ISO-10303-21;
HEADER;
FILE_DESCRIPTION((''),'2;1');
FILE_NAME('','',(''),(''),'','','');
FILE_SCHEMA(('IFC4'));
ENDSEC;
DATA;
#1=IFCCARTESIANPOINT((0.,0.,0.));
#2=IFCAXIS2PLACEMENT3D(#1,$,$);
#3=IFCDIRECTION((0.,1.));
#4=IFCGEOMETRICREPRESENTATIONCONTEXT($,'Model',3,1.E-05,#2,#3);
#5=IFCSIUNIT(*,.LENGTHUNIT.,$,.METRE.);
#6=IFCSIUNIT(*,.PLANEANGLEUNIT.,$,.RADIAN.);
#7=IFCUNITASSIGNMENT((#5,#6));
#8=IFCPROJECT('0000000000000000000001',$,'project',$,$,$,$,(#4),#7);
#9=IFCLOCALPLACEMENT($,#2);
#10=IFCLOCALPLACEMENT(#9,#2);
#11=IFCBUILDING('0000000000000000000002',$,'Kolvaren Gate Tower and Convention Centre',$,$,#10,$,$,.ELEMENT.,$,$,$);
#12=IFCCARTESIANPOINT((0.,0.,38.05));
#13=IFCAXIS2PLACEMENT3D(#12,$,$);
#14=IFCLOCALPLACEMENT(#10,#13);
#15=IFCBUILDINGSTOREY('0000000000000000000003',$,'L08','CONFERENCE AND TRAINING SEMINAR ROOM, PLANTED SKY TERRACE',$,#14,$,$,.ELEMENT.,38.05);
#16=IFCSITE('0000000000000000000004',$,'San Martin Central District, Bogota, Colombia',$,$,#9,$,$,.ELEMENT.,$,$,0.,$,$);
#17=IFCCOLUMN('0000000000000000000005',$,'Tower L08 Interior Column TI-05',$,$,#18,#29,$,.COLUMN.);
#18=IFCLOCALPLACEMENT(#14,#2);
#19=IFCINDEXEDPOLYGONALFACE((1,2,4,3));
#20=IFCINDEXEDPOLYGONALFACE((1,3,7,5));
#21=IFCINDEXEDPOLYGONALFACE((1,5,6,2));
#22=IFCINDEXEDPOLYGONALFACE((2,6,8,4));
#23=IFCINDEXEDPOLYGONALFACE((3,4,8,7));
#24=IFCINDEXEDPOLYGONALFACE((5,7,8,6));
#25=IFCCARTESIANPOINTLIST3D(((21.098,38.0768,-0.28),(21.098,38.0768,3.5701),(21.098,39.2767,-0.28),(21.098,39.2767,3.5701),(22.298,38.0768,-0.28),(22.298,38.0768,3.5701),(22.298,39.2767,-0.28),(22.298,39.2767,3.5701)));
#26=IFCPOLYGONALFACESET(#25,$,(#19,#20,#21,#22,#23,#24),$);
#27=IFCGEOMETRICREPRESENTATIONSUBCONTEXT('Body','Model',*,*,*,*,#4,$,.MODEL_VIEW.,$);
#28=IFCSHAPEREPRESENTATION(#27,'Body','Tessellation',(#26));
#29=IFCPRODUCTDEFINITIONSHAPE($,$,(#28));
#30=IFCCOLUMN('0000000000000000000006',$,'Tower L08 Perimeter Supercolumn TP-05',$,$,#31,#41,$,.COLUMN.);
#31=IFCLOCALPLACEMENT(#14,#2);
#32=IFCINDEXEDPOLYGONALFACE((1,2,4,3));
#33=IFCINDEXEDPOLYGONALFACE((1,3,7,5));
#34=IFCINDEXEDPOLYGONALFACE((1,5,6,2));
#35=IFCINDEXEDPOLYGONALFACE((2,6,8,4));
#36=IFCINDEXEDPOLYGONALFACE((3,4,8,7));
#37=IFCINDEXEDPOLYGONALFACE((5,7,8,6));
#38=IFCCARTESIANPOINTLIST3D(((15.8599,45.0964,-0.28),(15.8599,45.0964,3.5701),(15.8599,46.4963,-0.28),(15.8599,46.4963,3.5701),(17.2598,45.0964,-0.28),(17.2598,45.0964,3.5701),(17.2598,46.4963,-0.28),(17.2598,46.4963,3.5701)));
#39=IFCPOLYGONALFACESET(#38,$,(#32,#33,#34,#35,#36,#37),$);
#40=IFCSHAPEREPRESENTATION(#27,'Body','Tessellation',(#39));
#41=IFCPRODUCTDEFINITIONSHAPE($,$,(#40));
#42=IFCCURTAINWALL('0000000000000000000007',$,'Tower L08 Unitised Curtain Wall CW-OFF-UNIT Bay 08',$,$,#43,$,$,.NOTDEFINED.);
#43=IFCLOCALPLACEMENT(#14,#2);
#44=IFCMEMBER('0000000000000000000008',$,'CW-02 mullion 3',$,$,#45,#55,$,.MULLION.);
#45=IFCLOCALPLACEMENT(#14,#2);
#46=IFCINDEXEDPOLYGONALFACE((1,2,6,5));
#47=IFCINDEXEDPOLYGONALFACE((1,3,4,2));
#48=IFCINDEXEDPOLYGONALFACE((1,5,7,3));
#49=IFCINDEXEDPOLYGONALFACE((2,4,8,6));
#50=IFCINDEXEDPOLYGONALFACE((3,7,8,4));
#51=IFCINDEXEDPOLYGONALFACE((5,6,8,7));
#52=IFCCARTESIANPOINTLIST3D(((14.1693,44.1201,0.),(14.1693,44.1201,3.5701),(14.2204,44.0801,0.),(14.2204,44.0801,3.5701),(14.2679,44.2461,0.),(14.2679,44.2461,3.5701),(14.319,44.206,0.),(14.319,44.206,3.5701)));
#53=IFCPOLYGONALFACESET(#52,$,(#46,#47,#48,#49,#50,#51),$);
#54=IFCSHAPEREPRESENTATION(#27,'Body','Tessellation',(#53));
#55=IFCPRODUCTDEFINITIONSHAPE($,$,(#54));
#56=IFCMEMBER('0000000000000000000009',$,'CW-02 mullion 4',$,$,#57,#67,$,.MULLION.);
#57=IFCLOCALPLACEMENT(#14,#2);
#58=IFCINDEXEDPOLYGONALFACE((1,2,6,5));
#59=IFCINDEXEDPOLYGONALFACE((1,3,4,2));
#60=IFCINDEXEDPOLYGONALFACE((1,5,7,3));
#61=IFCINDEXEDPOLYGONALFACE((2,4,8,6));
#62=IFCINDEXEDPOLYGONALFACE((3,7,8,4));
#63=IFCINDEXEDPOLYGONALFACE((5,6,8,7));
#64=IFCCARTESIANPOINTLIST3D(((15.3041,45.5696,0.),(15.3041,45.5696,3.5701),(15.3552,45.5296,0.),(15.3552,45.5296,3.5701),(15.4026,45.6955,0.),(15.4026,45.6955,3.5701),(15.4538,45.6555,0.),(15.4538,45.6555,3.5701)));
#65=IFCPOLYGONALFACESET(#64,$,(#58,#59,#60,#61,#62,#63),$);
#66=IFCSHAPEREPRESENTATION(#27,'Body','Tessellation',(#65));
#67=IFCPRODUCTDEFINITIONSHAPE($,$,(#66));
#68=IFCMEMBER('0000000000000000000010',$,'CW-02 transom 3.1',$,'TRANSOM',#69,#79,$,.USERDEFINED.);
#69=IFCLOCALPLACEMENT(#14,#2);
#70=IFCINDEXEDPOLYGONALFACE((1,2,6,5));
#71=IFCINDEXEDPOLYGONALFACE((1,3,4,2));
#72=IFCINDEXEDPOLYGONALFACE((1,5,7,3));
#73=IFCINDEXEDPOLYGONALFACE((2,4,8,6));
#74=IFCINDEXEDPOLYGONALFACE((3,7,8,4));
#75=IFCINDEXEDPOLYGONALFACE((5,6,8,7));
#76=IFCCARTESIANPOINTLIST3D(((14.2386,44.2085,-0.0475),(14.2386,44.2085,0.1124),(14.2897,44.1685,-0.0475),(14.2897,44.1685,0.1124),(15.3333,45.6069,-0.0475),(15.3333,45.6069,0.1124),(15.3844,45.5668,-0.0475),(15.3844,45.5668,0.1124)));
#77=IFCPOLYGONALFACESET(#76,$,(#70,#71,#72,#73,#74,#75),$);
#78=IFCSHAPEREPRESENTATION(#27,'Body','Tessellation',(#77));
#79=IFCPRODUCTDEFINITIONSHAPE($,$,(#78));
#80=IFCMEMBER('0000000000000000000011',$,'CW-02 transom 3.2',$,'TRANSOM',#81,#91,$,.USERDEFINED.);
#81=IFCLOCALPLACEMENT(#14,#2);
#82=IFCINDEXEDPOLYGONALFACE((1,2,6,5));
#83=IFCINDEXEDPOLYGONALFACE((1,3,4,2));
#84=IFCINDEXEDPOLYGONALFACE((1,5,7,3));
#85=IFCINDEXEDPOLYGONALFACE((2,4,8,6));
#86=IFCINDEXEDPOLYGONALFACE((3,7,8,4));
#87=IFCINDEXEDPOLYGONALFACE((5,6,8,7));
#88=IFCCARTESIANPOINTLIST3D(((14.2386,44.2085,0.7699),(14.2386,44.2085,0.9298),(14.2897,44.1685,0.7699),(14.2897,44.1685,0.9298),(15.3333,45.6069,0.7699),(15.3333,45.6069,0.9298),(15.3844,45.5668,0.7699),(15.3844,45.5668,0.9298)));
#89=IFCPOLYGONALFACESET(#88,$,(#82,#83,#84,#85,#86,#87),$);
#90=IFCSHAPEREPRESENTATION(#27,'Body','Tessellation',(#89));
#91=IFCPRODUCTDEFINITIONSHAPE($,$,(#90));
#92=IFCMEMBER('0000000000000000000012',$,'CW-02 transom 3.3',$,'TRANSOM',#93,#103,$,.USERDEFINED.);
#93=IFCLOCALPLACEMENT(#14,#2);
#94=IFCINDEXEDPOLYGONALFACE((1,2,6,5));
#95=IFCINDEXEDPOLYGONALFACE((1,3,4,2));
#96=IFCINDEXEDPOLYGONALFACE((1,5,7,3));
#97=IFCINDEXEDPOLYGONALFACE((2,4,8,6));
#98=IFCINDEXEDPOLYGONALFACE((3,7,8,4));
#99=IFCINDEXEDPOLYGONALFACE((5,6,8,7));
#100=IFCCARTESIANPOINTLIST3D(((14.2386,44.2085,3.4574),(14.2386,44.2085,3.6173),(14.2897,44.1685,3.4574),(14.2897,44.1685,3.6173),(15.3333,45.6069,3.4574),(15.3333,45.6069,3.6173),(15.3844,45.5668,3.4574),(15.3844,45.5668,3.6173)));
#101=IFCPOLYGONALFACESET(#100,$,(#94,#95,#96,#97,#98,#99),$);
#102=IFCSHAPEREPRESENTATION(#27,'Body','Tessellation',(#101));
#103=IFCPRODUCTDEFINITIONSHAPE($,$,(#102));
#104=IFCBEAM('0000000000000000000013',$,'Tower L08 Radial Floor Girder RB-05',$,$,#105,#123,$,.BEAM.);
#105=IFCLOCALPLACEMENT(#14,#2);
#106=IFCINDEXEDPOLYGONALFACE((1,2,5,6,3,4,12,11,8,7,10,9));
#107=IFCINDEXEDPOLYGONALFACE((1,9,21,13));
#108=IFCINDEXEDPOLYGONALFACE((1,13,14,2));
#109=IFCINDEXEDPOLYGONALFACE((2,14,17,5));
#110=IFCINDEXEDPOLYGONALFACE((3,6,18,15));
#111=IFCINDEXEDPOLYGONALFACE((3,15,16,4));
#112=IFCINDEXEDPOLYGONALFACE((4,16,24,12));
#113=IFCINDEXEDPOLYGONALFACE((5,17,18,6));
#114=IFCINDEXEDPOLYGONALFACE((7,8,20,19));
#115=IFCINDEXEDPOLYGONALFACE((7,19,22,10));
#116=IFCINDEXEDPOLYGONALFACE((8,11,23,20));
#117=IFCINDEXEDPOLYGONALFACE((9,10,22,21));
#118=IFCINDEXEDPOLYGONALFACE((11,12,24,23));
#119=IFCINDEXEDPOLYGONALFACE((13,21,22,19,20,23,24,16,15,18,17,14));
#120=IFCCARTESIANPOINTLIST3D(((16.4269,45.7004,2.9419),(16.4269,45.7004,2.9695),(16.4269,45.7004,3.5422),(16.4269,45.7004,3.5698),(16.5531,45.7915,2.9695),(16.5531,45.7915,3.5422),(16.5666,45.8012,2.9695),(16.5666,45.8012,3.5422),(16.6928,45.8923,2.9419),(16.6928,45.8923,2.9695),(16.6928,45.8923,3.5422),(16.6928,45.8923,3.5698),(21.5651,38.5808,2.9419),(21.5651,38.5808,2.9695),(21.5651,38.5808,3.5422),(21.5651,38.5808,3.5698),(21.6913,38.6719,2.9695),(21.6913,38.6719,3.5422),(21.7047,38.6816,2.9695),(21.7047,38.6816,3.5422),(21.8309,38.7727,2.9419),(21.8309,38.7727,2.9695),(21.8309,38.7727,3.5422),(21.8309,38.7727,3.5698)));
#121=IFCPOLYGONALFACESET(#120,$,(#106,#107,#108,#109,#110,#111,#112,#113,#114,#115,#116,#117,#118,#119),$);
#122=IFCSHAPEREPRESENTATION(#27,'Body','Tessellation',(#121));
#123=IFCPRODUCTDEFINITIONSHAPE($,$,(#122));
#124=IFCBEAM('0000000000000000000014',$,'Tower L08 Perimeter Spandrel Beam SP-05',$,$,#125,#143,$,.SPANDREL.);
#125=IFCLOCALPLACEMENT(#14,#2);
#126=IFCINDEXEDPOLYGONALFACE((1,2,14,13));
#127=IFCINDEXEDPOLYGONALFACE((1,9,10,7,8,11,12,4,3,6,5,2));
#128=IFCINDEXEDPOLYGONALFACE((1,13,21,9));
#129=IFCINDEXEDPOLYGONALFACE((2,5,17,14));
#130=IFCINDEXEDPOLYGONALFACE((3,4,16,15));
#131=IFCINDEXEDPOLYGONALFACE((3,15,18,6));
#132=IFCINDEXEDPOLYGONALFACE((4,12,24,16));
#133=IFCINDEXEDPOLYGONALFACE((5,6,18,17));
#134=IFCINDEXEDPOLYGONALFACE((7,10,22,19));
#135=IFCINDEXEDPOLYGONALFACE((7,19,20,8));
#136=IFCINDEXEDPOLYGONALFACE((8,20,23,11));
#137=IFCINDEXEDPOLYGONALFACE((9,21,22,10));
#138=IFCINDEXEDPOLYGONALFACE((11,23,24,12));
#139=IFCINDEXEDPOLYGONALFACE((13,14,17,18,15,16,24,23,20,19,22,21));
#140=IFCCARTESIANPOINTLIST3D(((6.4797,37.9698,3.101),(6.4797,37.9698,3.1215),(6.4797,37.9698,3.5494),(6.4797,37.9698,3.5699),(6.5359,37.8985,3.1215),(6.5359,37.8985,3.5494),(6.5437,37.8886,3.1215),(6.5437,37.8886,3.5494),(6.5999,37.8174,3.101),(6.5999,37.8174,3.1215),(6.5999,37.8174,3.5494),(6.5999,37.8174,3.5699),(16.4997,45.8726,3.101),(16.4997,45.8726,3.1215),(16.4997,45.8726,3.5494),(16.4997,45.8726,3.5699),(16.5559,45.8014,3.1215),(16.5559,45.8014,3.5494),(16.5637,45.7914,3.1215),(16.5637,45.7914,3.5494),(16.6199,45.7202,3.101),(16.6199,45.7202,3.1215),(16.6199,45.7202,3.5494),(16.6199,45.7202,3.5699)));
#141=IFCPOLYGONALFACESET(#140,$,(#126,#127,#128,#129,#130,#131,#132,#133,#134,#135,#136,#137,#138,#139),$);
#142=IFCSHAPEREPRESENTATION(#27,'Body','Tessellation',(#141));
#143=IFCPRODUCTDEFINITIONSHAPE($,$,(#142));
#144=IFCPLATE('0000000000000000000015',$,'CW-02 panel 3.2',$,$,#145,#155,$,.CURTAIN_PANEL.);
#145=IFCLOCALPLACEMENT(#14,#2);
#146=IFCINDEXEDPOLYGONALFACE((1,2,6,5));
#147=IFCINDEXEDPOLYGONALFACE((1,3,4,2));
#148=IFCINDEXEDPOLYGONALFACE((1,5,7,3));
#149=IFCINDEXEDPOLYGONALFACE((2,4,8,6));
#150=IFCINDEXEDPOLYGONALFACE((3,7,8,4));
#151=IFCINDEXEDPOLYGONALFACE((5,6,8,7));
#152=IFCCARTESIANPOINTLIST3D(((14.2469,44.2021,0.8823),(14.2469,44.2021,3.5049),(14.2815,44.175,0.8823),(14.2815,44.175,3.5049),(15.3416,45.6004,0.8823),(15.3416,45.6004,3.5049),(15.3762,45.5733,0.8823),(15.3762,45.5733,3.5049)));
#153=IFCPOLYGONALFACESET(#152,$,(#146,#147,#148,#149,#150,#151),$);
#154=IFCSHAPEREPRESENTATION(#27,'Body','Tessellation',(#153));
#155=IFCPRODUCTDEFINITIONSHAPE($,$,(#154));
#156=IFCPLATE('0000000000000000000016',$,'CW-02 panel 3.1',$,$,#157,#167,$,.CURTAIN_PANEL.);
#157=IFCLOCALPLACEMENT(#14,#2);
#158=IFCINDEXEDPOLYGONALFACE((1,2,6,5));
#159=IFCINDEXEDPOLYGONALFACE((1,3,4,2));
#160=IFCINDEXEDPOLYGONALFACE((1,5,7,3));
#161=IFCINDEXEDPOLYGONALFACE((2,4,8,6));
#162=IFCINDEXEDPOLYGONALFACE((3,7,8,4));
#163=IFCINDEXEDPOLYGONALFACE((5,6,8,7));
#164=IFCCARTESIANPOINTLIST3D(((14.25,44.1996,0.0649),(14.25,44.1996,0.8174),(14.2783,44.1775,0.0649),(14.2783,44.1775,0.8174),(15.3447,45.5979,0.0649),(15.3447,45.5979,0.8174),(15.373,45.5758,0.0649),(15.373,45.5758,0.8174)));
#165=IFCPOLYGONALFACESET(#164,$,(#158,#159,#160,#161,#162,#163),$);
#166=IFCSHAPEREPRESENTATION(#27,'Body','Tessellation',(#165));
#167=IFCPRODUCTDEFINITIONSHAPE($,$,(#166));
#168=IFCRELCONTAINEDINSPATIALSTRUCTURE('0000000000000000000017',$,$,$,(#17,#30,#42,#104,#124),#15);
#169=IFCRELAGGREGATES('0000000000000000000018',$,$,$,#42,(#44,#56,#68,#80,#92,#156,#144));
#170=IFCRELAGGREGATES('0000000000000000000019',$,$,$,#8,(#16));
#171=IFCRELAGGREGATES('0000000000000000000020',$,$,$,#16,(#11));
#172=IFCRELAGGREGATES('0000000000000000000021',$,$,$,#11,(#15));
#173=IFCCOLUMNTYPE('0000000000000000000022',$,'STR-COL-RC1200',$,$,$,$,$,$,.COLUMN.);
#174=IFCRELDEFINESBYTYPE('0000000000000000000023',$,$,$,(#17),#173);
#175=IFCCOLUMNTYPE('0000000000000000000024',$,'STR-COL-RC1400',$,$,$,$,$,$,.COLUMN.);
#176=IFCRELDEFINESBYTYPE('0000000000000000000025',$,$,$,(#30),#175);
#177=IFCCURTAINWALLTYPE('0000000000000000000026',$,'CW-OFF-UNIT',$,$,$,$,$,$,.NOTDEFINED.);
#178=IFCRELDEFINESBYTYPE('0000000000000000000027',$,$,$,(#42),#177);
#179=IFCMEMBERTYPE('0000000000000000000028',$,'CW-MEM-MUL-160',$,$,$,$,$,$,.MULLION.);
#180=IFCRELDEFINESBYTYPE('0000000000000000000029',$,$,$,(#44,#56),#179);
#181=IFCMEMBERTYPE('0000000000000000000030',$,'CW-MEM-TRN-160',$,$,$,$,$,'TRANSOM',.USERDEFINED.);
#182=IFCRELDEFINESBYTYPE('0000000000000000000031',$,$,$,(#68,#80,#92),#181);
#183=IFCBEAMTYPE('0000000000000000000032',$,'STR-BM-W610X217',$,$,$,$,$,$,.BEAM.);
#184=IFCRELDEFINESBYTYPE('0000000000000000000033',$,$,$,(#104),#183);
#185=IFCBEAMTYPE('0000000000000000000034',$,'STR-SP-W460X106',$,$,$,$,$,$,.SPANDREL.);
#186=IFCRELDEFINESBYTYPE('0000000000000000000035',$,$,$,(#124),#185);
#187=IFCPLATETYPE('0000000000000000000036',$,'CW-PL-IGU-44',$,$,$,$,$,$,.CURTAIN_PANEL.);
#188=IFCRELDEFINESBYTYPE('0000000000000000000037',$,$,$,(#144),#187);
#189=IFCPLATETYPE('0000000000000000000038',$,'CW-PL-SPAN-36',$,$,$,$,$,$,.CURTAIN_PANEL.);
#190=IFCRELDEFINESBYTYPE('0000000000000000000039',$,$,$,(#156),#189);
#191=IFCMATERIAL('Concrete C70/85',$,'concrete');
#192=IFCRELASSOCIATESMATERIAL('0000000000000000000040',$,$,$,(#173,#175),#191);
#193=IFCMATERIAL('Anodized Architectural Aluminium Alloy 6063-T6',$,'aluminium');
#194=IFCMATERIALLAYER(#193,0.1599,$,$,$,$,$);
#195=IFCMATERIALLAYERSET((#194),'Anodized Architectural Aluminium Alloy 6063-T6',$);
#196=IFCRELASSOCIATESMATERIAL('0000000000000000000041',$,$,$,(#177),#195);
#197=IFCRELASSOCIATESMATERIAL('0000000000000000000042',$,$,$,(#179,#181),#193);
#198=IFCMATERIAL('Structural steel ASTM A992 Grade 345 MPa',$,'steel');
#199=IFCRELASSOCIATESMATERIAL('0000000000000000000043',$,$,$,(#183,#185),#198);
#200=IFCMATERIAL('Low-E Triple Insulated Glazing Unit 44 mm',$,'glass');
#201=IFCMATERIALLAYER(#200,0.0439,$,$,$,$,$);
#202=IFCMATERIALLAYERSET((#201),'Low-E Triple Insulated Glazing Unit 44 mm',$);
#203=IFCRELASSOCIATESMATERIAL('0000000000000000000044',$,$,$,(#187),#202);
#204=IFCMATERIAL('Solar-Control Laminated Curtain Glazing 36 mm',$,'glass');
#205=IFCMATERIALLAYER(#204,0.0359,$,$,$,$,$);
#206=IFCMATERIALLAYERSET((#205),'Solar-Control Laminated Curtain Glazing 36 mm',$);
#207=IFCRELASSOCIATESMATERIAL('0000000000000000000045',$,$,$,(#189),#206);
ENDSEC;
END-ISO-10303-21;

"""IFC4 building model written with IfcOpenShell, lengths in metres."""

from ifc_helpers import new_model, si_unit, direction, frame, origin, origin_2d, place, context, subcontext, project, spatial, rectangle, i_section, extrude, material, layer, layer_set, material_profile, profile_set, type_object, element, aggregate, save


model = new_model("IFC4")

# Units and contexts
model_context = context("Model", 3, precision=1e-05, world=origin(), true_north=direction((0.0, 1.0)))
body_context = subcontext(model_context, "Body", "Model", "MODEL_VIEW")
ifc_project = project(units=[si_unit("LENGTHUNIT", "METRE"), si_unit("PLANEANGLEUNIT", "RADIAN")], contexts=[model_context])

# Site, building, storey
site_placement = place(None, origin())
site = spatial("IfcSite", under=ifc_project, at=site_placement, Name="San Martin Central District, Bogota, Colombia", CompositionType="ELEMENT", RefElevation=0.0)
building_placement = place(site_placement, origin())
building = spatial("IfcBuilding", under=site, at=building_placement, Name="Kolvaren Gate Tower and Convention Centre", CompositionType="ELEMENT")
storey_placement = place(building_placement, frame((0.0, 0.0, 38.05)))
storey = spatial("IfcBuildingStorey", under=building, at=storey_placement, Name="L08", Description="CONFERENCE AND TRAINING SEMINAR ROOM, PLANTED SKY TERRACE", CompositionType="ELEMENT", Elevation=38.05)

# Columns
ifc_material_1 = material(Name="Concrete C70/85", Category="concrete")
ifc_material_profile_1 = material_profile(ifc_material_1, rectangle(XDim=1.2, YDim=1.2, at=origin_2d()), Name="RC-COL-1200X1200")
ifc_profile_set_1 = profile_set([ifc_material_profile_1], Name="Concrete C70/85")
column_type_1 = type_object("IfcColumnType", Name="STR-COL-RC1200", PredefinedType="COLUMN", material=ifc_profile_set_1)
column_1_placement = place(storey_placement, frame((21.698, 38.6768, -0.28), z_axis=(0.0, 0.0, 1.0), x_axis=(1.0, 0.0, 0.0)))
element("IfcColumn", 1, at=column_1_placement, inside=storey, type_object=column_type_1, Name="Tower L08 Interior Column TI-05", PredefinedType="COLUMN", context=body_context, shape_type="SweptSolid", body=[
    extrude(rectangle(XDim=1.2, YDim=1.2, at=origin_2d()), origin(), (0.0, 0.0, 1.0), 3.8501),
])
ifc_material_profile_2 = material_profile(ifc_material_1, rectangle(XDim=1.3999, YDim=1.3999, at=origin_2d()), Name="RC-COL-1400X1400")
ifc_profile_set_2 = profile_set([ifc_material_profile_2], Name="Concrete C70/85")
column_type_2 = type_object("IfcColumnType", Name="STR-COL-RC1400", PredefinedType="COLUMN", material=ifc_profile_set_2)
column_2_placement = place(storey_placement, frame((16.5598, 45.7964, -0.28), z_axis=(0.0, 0.0, 1.0), x_axis=(1.0, 0.0, 0.0)))
element("IfcColumn", 2, at=column_2_placement, inside=storey, type_object=column_type_2, Name="Tower L08 Perimeter Supercolumn TP-05", PredefinedType="COLUMN", context=body_context, shape_type="SweptSolid", body=[
    extrude(rectangle(XDim=1.3999, YDim=1.3999, at=origin_2d()), origin(), (0.0, 0.0, 1.0), 3.8501),
])

# Curtain wall, members
ifc_material_2 = material(Name="Anodized Architectural Aluminium Alloy 6063-T6", Category="aluminium")
ifc_layer_1 = layer(ifc_material_2, 0.1599)
ifc_layer_set_1 = layer_set([ifc_layer_1], Name="Anodized Architectural Aluminium Alloy 6063-T6")
curtain_wall_type = type_object("IfcCurtainWallType", Name="CW-OFF-UNIT", PredefinedType="NOTDEFINED", material=ifc_layer_set_1)
curtain_wall_placement = place(storey_placement, origin())
curtain_wall = element("IfcCurtainWall", 3, at=curtain_wall_placement, inside=storey, type_object=curtain_wall_type, Name="Tower L08 Unitised Curtain Wall CW-OFF-UNIT Bay 08", PredefinedType="NOTDEFINED")
ifc_material_profile_3 = material_profile(ifc_material_2, rectangle(XDim=0.0649, YDim=0.1599, at=origin_2d()), Name="CW-MEM-MUL-160")
ifc_profile_set_3 = profile_set([ifc_material_profile_3], Name="Anodized Architectural Aluminium Alloy 6063-T6")
member_type_1 = type_object("IfcMemberType", Name="CW-MEM-MUL-160", PredefinedType="MULLION", material=ifc_profile_set_3)
member_1_placement = place(storey_placement, frame((14.2441, 44.1631, 0.0), z_axis=(0.0, 0.0, 1.0), x_axis=(-0.787417, 0.616421, 0.0)))
member_1 = element("IfcMember", 4, at=member_1_placement, type_object=member_type_1, Name="CW-02 mullion 3", PredefinedType="MULLION", context=body_context, shape_type="SweptSolid", body=[
    extrude(rectangle(XDim=0.0649, YDim=0.1599, at=origin_2d()), origin(), (0.0, 0.0, 1.0), 3.5701),
])
member_2_placement = place(storey_placement, frame((15.3789, 45.6125, 0.0), z_axis=(0.0, 0.0, 1.0), x_axis=(-0.787417, 0.616421, 0.0)))
member_2 = element("IfcMember", 5, at=member_2_placement, type_object=member_type_1, Name="CW-02 mullion 4", PredefinedType="MULLION", context=body_context, shape_type="SweptSolid", body=[
    extrude(rectangle(XDim=0.0649, YDim=0.1599, at=origin_2d()), origin(), (0.0, 0.0, 1.0), 3.5701),
])
ifc_material_profile_4 = material_profile(ifc_material_2, rectangle(XDim=0.0649, YDim=0.1599, at=origin_2d()), Name="CW-MEM-TRN-160")
ifc_profile_set_4 = profile_set([ifc_material_profile_4], Name="Anodized Architectural Aluminium Alloy 6063-T6")
member_type_2 = type_object("IfcMemberType", Name="CW-MEM-TRN-160", ElementType="TRANSOM", PredefinedType="USERDEFINED", material=ifc_profile_set_4)
member_3_placement = place(storey_placement, frame((14.2642, 44.1885, 0.0325), z_axis=(0.616412, 0.787424, 0.0), x_axis=(-0.787424, 0.616412, 0.0)))
member_3 = element("IfcMember", 6, at=member_3_placement, type_object=member_type_2, Name="CW-02 transom 3.1", ObjectType="TRANSOM", PredefinedType="USERDEFINED", context=body_context, shape_type="SweptSolid", body=[
    extrude(rectangle(XDim=0.0649, YDim=0.1599, at=origin_2d()), origin(), (0.0, 0.0, 1.0), 1.7759),
])
member_4_placement = place(storey_placement, frame((14.2642, 44.1885, 0.8499), z_axis=(0.616412, 0.787424, 0.0), x_axis=(-0.787424, 0.616412, 0.0)))
member_4 = element("IfcMember", 7, at=member_4_placement, type_object=member_type_2, Name="CW-02 transom 3.2", ObjectType="TRANSOM", PredefinedType="USERDEFINED", context=body_context, shape_type="SweptSolid", body=[
    extrude(rectangle(XDim=0.0649, YDim=0.1599, at=origin_2d()), origin(), (0.0, 0.0, 1.0), 1.7759),
])
member_5_placement = place(storey_placement, frame((14.2642, 44.1885, 3.5374), z_axis=(0.616412, 0.787424, 0.0), x_axis=(-0.787424, 0.616412, 0.0)))
member_5 = element("IfcMember", 8, at=member_5_placement, type_object=member_type_2, Name="CW-02 transom 3.3", ObjectType="TRANSOM", PredefinedType="USERDEFINED", context=body_context, shape_type="SweptSolid", body=[
    extrude(rectangle(XDim=0.0649, YDim=0.1599, at=origin_2d()), origin(), (0.0, 0.0, 1.0), 1.7759),
])

# Beams
ifc_material_3 = material(Name="Structural steel ASTM A992 Grade 345 MPa", Category="steel")
ifc_material_profile_5 = material_profile(ifc_material_3, i_section(OverallWidth=0.3279, OverallDepth=0.6279, WebThickness=0.0166, FlangeThickness=0.0276, at=origin_2d()), Name="W610X217")
ifc_profile_set_5 = profile_set([ifc_material_profile_5], Name="Structural steel ASTM A992 Grade 345 MPa")
beam_type_1 = type_object("IfcBeamType", Name="STR-BM-W610X217", PredefinedType="BEAM", material=ifc_profile_set_5)
beam_1_placement = place(storey_placement, frame((21.698, 38.6768, 3.2559), z_axis=(-0.585208, 0.810883, 0.0), x_axis=(-0.810883, -0.585208, 0.0)))
element("IfcBeam", 9, at=beam_1_placement, inside=storey, type_object=beam_type_1, Name="Tower L08 Radial Floor Girder RB-05", PredefinedType="BEAM", context=body_context, shape_type="SweptSolid", body=[
    extrude(i_section(OverallWidth=0.3279, OverallDepth=0.6279, WebThickness=0.0166, FlangeThickness=0.0276, at=origin_2d()), origin(), (0.0, 0.0, 1.0), 8.78),
])
ifc_material_profile_6 = material_profile(ifc_material_3, i_section(OverallWidth=0.1941, OverallDepth=0.469, WebThickness=0.0127, FlangeThickness=0.0205, at=origin_2d()), Name="W460X106")
ifc_profile_set_6 = profile_set([ifc_material_profile_6], Name="Structural steel ASTM A992 Grade 345 MPa")
beam_type_2 = type_object("IfcBeamType", Name="STR-SP-W460X106", PredefinedType="SPANDREL", material=ifc_profile_set_6)
beam_2_placement = place(storey_placement, frame((16.5598, 45.7964, 3.3354), z_axis=(-0.785176, -0.619272, 0.0), x_axis=(0.619272, -0.785176, 0.0)))
element("IfcBeam", 10, at=beam_2_placement, inside=storey, type_object=beam_type_2, Name="Tower L08 Perimeter Spandrel Beam SP-05", PredefinedType="SPANDREL", context=body_context, shape_type="SweptSolid", body=[
    extrude(i_section(OverallWidth=0.1941, OverallDepth=0.469, WebThickness=0.0127, FlangeThickness=0.0205, at=origin_2d()), origin(), (0.0, 0.0, 1.0), 12.7615),
])

# Plates
ifc_material_4 = material(Name="Low-E Triple Insulated Glazing Unit 44 mm", Category="glass")
ifc_layer_2 = layer(ifc_material_4, 0.0439)
ifc_layer_set_2 = layer_set([ifc_layer_2], Name="Low-E Triple Insulated Glazing Unit 44 mm")
plate_type_1 = type_object("IfcPlateType", Name="CW-PL-IGU-44", PredefinedType="CURTAIN_PANEL", material=ifc_layer_set_2)
plate_1_placement = place(storey_placement, frame((14.8115, 44.8877, 0.8823), z_axis=(0.0, 0.0, 1.0), x_axis=(0.616421, 0.787417, 0.0)))
plate_1 = element("IfcPlate", 11, at=plate_1_placement, type_object=plate_type_1, Name="CW-02 panel 3.2", PredefinedType="CURTAIN_PANEL", context=body_context, shape_type="SweptSolid", body=[
    extrude(rectangle(XDim=1.7759, YDim=0.0439, at=origin_2d()), origin(), (0.0, 0.0, 1.0), 2.6226),
])
ifc_material_5 = material(Name="Solar-Control Laminated Curtain Glazing 36 mm", Category="glass")
ifc_layer_3 = layer(ifc_material_5, 0.0359)
ifc_layer_set_3 = layer_set([ifc_layer_3], Name="Solar-Control Laminated Curtain Glazing 36 mm")
plate_type_2 = type_object("IfcPlateType", Name="CW-PL-SPAN-36", PredefinedType="CURTAIN_PANEL", material=ifc_layer_set_3)
plate_2_placement = place(storey_placement, frame((14.8115, 44.8877, 0.0649), z_axis=(0.0, 0.0, 1.0), x_axis=(0.616421, 0.787417, 0.0)))
plate_2 = element("IfcPlate", 12, at=plate_2_placement, type_object=plate_type_2, Name="CW-02 panel 3.1", PredefinedType="CURTAIN_PANEL", context=body_context, shape_type="SweptSolid", body=[
    extrude(rectangle(XDim=1.7759, YDim=0.0359, at=origin_2d()), origin(), (0.0, 0.0, 1.0), 0.7524),
])
aggregate(curtain_wall, [member_1, member_2, member_3, member_4, member_5, plate_2, plate_1])

save(model, "model.ifc")
